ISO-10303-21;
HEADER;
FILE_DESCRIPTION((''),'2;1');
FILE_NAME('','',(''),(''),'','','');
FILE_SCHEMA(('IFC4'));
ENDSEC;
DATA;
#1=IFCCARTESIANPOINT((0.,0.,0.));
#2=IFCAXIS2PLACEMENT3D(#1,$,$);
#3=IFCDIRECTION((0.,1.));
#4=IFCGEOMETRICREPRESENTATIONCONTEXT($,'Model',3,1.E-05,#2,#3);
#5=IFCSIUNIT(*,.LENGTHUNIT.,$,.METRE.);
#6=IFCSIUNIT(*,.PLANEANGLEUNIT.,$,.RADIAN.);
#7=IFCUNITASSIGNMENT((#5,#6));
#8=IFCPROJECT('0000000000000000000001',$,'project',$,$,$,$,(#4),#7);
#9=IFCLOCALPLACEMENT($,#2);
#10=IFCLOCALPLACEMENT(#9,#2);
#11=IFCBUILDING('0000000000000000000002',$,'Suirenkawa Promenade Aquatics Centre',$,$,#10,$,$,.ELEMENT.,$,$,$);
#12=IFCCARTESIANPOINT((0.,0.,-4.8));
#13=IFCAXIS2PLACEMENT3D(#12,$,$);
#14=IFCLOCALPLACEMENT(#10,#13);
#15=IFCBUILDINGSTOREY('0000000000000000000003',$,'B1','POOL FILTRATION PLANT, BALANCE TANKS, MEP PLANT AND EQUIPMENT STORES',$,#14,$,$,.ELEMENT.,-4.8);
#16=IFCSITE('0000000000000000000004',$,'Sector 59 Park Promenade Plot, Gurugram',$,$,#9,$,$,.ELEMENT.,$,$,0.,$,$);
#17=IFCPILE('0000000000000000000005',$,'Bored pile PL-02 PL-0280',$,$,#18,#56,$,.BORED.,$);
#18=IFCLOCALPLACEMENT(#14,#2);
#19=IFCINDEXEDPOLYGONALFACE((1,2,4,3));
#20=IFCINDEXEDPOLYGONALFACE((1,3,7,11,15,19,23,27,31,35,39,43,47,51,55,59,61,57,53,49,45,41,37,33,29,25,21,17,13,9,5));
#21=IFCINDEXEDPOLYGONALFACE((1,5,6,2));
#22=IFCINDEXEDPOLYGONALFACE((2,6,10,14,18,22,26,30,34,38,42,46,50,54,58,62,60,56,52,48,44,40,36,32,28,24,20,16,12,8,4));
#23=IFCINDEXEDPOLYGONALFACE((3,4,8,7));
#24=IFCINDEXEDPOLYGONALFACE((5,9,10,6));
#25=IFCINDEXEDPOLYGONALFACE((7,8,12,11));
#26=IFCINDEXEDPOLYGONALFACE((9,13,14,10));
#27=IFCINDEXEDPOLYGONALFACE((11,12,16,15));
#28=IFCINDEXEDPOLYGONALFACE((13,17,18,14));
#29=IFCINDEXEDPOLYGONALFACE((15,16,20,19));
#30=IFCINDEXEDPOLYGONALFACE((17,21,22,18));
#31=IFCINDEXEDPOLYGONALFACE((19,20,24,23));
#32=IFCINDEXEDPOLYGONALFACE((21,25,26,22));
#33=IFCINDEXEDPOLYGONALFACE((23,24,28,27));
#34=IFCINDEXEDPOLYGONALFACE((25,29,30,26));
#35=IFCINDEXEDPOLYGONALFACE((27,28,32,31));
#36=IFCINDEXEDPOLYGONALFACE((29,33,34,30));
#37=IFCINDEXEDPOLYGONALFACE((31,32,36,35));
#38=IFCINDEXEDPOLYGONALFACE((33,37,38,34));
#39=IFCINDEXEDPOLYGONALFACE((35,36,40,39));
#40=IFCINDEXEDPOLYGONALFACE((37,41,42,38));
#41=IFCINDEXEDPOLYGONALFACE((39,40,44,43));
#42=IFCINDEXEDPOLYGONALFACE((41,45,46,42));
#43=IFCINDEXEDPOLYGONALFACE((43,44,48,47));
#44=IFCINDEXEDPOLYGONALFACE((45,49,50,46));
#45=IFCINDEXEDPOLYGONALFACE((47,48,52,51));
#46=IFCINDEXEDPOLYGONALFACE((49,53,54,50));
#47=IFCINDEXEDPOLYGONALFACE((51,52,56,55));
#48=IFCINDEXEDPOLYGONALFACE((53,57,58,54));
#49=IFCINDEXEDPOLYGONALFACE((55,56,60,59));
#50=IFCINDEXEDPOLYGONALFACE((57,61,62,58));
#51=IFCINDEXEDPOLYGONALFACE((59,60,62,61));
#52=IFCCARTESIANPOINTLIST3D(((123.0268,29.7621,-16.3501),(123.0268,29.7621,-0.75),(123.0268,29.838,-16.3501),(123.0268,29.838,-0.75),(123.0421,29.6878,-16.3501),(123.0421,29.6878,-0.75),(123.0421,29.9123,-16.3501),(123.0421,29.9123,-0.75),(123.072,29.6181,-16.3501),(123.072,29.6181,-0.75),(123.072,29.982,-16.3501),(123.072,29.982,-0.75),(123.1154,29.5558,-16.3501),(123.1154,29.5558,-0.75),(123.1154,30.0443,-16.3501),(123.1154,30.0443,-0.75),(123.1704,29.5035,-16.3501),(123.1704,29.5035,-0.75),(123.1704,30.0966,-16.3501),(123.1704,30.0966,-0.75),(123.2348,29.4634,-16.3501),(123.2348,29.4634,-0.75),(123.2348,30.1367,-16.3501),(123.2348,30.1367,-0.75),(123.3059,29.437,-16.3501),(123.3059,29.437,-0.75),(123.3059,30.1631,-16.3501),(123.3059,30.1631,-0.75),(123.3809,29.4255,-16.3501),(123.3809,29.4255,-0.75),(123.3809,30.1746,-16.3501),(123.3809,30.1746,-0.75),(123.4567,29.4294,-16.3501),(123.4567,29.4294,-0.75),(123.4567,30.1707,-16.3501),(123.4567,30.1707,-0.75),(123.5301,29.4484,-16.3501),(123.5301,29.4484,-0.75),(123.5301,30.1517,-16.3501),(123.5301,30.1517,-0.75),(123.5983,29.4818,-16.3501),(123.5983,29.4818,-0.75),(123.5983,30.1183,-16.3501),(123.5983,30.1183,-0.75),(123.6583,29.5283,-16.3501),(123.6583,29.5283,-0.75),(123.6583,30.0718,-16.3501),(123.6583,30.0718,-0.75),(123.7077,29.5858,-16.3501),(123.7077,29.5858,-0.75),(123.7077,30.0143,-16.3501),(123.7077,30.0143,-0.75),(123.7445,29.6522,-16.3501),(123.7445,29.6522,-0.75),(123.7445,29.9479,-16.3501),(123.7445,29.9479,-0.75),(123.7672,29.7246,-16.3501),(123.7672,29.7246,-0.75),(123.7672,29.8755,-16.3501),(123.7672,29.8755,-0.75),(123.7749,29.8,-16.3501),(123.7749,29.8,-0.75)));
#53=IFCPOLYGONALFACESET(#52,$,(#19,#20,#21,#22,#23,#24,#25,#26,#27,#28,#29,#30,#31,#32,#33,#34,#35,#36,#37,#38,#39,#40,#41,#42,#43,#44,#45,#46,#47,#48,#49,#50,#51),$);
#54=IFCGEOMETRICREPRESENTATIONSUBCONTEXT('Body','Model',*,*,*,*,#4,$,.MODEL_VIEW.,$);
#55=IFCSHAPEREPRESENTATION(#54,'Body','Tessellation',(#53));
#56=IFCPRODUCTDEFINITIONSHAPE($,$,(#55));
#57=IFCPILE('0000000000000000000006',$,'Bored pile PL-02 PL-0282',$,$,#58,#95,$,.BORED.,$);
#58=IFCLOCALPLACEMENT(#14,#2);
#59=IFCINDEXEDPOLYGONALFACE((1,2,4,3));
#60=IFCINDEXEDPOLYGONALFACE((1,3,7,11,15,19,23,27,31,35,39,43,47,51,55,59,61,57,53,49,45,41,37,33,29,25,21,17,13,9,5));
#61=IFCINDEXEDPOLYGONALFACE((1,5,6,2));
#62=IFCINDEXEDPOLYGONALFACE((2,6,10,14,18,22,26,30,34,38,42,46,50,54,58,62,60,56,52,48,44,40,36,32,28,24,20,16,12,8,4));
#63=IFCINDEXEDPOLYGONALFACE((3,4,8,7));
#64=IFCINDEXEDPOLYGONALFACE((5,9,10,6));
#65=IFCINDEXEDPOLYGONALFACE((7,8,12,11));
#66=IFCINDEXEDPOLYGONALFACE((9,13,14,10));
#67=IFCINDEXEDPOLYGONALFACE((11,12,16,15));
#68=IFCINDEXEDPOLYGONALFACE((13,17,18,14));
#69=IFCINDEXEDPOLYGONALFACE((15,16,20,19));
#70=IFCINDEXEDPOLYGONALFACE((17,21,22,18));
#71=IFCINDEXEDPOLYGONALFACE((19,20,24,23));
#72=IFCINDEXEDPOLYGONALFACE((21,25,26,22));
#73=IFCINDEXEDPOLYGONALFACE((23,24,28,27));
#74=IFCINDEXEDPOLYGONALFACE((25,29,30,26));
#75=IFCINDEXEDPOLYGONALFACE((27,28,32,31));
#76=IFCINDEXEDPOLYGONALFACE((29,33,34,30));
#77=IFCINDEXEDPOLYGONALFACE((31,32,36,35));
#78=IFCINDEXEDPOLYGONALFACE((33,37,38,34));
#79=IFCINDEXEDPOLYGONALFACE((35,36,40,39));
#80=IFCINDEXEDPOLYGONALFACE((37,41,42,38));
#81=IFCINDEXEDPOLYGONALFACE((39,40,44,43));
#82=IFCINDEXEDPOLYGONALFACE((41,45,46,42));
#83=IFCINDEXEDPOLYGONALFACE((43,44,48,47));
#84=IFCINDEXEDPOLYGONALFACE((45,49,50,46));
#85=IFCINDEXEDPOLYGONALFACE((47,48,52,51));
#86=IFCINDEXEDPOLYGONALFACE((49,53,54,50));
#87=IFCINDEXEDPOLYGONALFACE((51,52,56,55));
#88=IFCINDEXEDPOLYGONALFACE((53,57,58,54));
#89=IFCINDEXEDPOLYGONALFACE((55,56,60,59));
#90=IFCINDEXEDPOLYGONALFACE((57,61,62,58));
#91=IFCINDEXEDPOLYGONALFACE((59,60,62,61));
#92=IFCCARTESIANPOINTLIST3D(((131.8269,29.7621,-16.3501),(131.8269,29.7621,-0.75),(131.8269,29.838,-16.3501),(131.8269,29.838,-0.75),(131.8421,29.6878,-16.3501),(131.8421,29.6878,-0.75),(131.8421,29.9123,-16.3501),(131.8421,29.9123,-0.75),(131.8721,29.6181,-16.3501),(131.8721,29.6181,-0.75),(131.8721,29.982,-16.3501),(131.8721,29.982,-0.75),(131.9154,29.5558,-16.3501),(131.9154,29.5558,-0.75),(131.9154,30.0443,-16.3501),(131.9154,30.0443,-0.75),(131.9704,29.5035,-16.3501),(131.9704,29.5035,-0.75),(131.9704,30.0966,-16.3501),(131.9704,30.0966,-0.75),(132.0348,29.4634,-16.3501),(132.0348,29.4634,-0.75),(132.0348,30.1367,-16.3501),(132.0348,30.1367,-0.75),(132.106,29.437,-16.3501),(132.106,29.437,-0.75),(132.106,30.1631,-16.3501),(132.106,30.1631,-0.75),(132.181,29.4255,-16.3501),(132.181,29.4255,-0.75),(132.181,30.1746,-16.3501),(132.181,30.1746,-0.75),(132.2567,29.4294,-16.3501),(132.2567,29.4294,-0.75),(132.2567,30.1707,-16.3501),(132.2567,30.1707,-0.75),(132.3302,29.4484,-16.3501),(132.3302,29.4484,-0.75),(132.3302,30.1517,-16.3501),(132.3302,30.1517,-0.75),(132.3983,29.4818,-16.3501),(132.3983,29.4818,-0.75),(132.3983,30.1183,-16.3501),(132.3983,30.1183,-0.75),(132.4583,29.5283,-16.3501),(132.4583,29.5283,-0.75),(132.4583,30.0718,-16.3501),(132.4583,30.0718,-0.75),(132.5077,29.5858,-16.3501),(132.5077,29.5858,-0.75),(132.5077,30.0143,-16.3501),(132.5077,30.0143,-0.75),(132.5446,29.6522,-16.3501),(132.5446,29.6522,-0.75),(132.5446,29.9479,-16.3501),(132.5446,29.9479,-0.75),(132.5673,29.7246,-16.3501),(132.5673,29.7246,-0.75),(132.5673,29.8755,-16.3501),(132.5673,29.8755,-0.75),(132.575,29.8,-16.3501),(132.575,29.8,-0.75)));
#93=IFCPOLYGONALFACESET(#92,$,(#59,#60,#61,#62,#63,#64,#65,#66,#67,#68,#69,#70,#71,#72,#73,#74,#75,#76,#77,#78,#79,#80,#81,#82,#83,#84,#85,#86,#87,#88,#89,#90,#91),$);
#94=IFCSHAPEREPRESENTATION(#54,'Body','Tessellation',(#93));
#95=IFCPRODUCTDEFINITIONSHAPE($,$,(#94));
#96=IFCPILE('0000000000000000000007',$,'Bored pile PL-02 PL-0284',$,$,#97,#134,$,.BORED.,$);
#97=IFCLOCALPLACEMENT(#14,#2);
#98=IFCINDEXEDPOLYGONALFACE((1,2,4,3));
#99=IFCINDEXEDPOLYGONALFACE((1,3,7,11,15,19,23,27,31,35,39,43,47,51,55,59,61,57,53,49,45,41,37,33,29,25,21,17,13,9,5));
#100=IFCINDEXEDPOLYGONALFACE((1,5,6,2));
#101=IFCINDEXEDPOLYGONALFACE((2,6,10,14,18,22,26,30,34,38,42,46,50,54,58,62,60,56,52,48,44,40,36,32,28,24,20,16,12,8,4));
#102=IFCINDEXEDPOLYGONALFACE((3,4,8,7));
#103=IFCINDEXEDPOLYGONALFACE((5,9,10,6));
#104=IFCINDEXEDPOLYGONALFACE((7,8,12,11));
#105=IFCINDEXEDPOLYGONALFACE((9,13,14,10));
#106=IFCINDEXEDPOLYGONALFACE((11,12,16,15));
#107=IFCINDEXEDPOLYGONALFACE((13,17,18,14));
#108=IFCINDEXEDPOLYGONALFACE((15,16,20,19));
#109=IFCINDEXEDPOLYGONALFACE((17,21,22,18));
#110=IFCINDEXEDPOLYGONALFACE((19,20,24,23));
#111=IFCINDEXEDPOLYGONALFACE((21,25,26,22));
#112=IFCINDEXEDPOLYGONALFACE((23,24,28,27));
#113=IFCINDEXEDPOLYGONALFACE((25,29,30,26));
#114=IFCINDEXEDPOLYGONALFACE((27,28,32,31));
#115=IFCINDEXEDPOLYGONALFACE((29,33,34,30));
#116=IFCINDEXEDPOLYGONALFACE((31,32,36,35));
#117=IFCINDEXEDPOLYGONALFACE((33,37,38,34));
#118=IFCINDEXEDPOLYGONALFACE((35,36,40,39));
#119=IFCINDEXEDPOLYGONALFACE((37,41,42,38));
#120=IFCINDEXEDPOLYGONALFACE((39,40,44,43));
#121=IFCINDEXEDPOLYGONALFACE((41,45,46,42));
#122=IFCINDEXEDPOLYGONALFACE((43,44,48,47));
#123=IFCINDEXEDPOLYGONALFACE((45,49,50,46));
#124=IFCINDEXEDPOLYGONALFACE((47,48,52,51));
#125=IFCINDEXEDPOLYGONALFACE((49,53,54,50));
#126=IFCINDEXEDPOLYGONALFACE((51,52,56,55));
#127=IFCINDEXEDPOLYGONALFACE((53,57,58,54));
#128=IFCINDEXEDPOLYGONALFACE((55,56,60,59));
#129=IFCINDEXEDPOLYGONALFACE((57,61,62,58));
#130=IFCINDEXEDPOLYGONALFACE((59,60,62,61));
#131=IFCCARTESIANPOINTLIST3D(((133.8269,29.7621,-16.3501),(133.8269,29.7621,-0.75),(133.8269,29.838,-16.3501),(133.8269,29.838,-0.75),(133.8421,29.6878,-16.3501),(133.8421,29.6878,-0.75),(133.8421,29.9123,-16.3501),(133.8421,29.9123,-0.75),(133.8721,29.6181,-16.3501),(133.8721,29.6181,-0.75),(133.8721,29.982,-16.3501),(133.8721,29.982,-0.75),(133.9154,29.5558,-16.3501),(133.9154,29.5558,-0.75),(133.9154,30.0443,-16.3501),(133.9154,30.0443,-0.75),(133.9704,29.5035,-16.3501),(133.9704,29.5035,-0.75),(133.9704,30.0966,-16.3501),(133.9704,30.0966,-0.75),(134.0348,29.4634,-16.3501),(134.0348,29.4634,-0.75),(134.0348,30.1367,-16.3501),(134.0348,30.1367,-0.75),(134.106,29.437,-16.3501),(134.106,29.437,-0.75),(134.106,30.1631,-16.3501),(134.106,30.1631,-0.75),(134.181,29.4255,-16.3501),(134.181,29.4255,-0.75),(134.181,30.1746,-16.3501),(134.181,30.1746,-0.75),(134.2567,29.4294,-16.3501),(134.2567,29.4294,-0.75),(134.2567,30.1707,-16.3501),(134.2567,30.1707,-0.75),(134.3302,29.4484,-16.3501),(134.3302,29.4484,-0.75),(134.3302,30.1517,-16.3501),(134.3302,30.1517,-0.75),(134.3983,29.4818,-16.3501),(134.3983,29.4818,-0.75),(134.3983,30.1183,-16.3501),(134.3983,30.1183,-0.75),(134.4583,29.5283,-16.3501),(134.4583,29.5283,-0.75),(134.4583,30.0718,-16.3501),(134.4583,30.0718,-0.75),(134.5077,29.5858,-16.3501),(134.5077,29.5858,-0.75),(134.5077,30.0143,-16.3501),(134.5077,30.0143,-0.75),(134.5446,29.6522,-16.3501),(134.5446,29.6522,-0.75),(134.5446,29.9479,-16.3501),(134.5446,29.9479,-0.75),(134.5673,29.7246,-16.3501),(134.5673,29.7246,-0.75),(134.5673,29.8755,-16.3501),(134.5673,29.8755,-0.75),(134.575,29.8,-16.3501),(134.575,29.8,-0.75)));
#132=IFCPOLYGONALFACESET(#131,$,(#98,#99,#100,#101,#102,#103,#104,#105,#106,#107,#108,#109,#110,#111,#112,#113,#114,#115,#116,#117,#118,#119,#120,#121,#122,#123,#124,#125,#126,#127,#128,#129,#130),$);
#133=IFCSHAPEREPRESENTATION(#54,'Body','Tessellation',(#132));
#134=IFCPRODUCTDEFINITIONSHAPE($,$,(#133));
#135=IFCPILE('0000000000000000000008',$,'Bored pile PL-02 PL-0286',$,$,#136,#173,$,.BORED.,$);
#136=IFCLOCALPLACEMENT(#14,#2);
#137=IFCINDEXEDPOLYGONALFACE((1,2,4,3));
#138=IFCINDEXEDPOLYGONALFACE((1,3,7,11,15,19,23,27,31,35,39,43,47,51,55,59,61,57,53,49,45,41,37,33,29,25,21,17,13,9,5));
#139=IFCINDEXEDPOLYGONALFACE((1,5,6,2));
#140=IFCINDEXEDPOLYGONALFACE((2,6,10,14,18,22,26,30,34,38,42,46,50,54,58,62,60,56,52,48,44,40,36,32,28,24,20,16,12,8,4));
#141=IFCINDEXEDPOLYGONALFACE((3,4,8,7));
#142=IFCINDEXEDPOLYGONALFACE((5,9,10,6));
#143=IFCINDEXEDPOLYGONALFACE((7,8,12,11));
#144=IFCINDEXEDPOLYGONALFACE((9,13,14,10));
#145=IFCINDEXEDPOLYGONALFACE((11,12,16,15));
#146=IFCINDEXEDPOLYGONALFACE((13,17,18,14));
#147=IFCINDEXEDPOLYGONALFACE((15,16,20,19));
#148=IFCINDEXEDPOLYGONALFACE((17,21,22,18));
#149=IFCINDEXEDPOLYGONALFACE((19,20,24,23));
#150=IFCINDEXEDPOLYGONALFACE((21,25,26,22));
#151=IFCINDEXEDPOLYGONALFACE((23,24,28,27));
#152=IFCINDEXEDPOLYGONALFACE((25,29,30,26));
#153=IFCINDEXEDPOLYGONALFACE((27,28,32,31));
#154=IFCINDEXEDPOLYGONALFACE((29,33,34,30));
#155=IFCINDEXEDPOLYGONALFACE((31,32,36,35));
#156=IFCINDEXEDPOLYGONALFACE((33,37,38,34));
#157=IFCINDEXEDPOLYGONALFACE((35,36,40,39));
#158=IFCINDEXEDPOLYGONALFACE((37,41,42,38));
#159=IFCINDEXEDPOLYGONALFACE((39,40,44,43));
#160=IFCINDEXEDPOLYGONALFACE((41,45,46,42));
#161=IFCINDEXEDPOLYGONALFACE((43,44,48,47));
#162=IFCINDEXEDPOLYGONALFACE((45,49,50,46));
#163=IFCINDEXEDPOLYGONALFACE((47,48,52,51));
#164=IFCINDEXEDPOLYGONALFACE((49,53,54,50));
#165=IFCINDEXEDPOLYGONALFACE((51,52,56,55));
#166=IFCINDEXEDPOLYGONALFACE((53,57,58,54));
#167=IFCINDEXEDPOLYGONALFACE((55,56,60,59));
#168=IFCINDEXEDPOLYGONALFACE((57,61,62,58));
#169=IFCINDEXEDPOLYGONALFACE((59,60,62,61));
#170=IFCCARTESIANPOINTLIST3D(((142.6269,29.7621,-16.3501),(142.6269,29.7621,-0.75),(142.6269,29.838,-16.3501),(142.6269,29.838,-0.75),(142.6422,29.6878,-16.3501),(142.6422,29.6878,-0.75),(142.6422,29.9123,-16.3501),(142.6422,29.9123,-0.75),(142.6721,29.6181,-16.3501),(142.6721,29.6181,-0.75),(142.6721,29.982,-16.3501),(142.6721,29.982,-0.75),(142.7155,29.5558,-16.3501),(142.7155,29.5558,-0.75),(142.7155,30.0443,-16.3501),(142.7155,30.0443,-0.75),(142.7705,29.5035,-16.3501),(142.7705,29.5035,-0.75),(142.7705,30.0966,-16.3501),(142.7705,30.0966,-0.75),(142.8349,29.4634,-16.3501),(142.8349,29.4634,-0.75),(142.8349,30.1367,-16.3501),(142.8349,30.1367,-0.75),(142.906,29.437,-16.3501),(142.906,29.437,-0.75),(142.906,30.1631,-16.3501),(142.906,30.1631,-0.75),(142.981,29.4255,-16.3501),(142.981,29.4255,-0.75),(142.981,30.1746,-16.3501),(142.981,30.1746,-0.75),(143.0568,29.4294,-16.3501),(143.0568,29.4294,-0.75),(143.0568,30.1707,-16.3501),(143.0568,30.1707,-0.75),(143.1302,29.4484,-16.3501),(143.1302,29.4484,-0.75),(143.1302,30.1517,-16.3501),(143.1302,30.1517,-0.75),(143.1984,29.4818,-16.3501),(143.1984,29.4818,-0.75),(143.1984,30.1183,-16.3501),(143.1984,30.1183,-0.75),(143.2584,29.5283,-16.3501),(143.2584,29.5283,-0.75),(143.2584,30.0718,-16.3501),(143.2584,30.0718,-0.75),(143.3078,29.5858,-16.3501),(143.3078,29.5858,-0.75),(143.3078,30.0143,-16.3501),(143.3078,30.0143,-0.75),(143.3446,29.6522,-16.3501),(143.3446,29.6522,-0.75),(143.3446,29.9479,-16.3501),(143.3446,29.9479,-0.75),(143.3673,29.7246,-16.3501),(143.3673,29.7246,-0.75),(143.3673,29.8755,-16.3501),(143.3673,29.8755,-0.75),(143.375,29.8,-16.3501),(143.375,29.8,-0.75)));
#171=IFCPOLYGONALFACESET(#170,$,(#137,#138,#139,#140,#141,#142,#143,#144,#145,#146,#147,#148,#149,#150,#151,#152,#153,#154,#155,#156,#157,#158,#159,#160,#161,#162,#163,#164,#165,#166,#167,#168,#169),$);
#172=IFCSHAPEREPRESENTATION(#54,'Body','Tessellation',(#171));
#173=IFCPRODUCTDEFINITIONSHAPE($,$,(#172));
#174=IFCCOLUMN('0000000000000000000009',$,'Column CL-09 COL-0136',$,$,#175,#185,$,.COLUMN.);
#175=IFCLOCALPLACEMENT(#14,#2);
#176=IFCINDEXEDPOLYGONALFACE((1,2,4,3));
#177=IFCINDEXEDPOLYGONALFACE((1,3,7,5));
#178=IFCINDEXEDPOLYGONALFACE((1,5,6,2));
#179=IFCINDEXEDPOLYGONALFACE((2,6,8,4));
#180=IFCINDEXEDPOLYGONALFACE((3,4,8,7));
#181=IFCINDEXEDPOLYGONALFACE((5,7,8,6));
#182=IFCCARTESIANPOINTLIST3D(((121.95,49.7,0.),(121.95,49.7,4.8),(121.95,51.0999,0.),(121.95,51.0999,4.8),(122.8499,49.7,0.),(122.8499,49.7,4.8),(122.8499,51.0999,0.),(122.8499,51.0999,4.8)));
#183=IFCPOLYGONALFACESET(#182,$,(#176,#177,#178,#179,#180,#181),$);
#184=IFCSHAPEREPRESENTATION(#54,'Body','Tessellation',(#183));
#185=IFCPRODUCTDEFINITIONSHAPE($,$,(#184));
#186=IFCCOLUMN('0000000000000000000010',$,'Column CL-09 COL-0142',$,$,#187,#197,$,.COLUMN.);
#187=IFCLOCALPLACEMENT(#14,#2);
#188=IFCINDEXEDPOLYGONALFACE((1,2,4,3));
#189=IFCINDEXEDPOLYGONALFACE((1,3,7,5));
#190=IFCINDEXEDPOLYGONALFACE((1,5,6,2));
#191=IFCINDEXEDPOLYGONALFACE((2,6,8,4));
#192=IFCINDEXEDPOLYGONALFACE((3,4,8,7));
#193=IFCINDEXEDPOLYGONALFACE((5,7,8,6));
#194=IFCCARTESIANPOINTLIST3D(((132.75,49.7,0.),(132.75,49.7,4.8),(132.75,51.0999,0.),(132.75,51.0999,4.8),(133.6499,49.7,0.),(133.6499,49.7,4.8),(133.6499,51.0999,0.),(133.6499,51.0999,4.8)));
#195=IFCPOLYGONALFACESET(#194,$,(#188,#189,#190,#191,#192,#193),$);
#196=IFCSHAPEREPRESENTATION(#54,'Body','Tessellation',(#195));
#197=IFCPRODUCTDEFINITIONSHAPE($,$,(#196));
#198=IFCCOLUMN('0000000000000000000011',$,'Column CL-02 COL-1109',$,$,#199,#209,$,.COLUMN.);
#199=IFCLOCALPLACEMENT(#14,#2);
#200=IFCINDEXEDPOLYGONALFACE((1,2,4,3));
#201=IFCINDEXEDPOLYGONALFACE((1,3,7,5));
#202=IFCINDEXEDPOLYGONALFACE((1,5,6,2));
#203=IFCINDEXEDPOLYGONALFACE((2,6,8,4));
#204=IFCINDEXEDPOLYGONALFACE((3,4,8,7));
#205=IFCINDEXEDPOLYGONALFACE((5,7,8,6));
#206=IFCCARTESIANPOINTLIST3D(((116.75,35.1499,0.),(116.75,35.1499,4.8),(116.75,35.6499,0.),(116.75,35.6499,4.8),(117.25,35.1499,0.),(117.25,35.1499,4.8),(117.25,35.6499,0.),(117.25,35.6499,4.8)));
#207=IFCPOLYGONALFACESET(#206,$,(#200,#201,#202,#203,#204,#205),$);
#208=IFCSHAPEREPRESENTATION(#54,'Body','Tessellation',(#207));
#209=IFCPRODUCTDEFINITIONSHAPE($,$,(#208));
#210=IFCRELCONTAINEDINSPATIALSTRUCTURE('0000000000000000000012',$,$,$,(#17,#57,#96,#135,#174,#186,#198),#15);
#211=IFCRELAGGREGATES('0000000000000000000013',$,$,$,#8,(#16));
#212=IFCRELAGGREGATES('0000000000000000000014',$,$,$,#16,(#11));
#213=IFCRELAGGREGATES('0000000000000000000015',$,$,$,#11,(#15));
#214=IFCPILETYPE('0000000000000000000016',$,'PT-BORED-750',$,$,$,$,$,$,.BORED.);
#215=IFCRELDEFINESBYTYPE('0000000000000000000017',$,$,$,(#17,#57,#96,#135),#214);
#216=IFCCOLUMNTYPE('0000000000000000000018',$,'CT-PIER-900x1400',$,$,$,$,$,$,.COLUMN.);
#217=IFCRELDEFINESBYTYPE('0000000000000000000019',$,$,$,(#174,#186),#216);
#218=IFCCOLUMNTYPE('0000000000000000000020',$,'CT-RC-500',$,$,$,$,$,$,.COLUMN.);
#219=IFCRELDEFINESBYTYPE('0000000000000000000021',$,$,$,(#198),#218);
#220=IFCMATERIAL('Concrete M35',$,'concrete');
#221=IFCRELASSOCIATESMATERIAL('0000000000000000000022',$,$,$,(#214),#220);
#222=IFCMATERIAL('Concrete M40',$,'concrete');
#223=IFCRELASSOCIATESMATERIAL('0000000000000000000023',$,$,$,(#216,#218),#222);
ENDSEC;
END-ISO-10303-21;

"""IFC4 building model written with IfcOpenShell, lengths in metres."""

from ifc_helpers import new_model, si_unit, direction, frame, origin, origin_2d, place, context, subcontext, project, spatial, rectangle, circle, extrude, material, material_profile, profile_set, type_object, element, save


model = new_model("IFC4")

# Units and contexts
model_context = context("Model", 3, precision=1e-05, world=origin(), true_north=direction((0.0, 1.0)))
body_context = subcontext(model_context, "Body", "Model", "MODEL_VIEW")
ifc_project = project(units=[si_unit("LENGTHUNIT", "METRE"), si_unit("PLANEANGLEUNIT", "RADIAN")], contexts=[model_context])

# Site, building, storey
site_placement = place(None, origin())
site = spatial("IfcSite", under=ifc_project, at=site_placement, Name="Sector 59 Park Promenade Plot, Gurugram", CompositionType="ELEMENT", RefElevation=0.0)
building_placement = place(site_placement, origin())
building = spatial("IfcBuilding", under=site, at=building_placement, Name="Suirenkawa Promenade Aquatics Centre", CompositionType="ELEMENT")
storey_placement = place(building_placement, frame((0.0, 0.0, -4.8)))
storey = spatial("IfcBuildingStorey", under=building, at=storey_placement, Name="B1", Description="POOL FILTRATION PLANT, BALANCE TANKS, MEP PLANT AND EQUIPMENT STORES", CompositionType="ELEMENT", Elevation=-4.8)

# Shared definitions
ifc_material_1 = material(Name="Concrete M35", Category="concrete")

# Piles
ifc_material_profile_1 = material_profile(ifc_material_1, circle(Radius=0.375, at=origin_2d()), Name="PILE D750", Category="concrete")
ifc_profile_set_1 = profile_set([ifc_material_profile_1], Name="Concrete M35")
pile_type_1 = type_object("IfcPileType", Name="PT-BORED-750", PredefinedType="BORED", material=ifc_profile_set_1)
for number, where, z_axis, x_axis, name in (
    (1, (123.3999, 29.8, -0.75), (0.0, 0.0, -1.0), (1.0, 0.0, 0.0), "Bored pile PL-02 PL-0280"),
    (2, (132.2, 29.8, -0.75), (0.0, 0.0, -1.0), (1.0, 0.0, 0.0), "Bored pile PL-02 PL-0282"),
    (3, (134.2, 29.8, -0.75), (0.0, 0.0, -1.0), (1.0, 0.0, 0.0), "Bored pile PL-02 PL-0284"),
    (4, (143.0, 29.8, -0.75), (0.0, 0.0, -1.0), (1.0, 0.0, 0.0), "Bored pile PL-02 PL-0286"),
):
    element("IfcPile", number, at=place(storey_placement, frame(where, z_axis=z_axis, x_axis=x_axis)), inside=storey, type_object=pile_type_1, Name=name, PredefinedType="BORED", context=body_context, shape_type="SweptSolid", body=[
        extrude(circle(Radius=0.375, at=origin_2d()), origin(), (0.0, 0.0, 1.0), 15.6001),
    ])

# Columns
ifc_material_2 = material(Name="Concrete M40", Category="concrete")
ifc_material_profile_2 = material_profile(ifc_material_2, rectangle(XDim=0.8999, YDim=1.3999, at=origin_2d()), Name="RC PIER 900x1400", Category="concrete")
ifc_profile_set_2 = profile_set([ifc_material_profile_2], Name="Concrete M40")
column_type_1 = type_object("IfcColumnType", Name="CT-PIER-900x1400", PredefinedType="COLUMN", material=ifc_profile_set_2)
for number, where, z_axis, x_axis, name in (
    (5, (122.3999, 50.3999, 0.0), (0.0, 0.0, 1.0), (1.0, 0.0, 0.0), "Column CL-09 COL-0136"),
    (6, (133.2, 50.3999, 0.0), (0.0, 0.0, 1.0), (1.0, 0.0, 0.0), "Column CL-09 COL-0142"),
):
    element("IfcColumn", number, at=place(storey_placement, frame(where, z_axis=z_axis, x_axis=x_axis)), inside=storey, type_object=column_type_1, Name=name, PredefinedType="COLUMN", context=body_context, shape_type="SweptSolid", body=[
        extrude(rectangle(XDim=0.8999, YDim=1.3999, at=origin_2d()), origin(), (0.0, 0.0, 1.0), 4.8),
    ])
ifc_material_profile_3 = material_profile(ifc_material_2, rectangle(XDim=0.5, YDim=0.5, at=origin_2d()), Name="RC COL 500x500", Category="concrete")
ifc_profile_set_3 = profile_set([ifc_material_profile_3], Name="Concrete M40")
column_type_2 = type_object("IfcColumnType", Name="CT-RC-500", PredefinedType="COLUMN", material=ifc_profile_set_3)
for number, where, z_axis, x_axis, name in (
    (7, (117.0, 35.3999, 0.0), (0.0, 0.0, 1.0), (1.0, 0.0, 0.0), "Column CL-02 COL-1109"),
):
    element("IfcColumn", number, at=place(storey_placement, frame(where, z_axis=z_axis, x_axis=x_axis)), inside=storey, type_object=column_type_2, Name=name, PredefinedType="COLUMN", context=body_context, shape_type="SweptSolid", body=[
        extrude(rectangle(XDim=0.5, YDim=0.5, at=origin_2d()), origin(), (0.0, 0.0, 1.0), 4.8),
    ])

save(model, "model.ifc")
